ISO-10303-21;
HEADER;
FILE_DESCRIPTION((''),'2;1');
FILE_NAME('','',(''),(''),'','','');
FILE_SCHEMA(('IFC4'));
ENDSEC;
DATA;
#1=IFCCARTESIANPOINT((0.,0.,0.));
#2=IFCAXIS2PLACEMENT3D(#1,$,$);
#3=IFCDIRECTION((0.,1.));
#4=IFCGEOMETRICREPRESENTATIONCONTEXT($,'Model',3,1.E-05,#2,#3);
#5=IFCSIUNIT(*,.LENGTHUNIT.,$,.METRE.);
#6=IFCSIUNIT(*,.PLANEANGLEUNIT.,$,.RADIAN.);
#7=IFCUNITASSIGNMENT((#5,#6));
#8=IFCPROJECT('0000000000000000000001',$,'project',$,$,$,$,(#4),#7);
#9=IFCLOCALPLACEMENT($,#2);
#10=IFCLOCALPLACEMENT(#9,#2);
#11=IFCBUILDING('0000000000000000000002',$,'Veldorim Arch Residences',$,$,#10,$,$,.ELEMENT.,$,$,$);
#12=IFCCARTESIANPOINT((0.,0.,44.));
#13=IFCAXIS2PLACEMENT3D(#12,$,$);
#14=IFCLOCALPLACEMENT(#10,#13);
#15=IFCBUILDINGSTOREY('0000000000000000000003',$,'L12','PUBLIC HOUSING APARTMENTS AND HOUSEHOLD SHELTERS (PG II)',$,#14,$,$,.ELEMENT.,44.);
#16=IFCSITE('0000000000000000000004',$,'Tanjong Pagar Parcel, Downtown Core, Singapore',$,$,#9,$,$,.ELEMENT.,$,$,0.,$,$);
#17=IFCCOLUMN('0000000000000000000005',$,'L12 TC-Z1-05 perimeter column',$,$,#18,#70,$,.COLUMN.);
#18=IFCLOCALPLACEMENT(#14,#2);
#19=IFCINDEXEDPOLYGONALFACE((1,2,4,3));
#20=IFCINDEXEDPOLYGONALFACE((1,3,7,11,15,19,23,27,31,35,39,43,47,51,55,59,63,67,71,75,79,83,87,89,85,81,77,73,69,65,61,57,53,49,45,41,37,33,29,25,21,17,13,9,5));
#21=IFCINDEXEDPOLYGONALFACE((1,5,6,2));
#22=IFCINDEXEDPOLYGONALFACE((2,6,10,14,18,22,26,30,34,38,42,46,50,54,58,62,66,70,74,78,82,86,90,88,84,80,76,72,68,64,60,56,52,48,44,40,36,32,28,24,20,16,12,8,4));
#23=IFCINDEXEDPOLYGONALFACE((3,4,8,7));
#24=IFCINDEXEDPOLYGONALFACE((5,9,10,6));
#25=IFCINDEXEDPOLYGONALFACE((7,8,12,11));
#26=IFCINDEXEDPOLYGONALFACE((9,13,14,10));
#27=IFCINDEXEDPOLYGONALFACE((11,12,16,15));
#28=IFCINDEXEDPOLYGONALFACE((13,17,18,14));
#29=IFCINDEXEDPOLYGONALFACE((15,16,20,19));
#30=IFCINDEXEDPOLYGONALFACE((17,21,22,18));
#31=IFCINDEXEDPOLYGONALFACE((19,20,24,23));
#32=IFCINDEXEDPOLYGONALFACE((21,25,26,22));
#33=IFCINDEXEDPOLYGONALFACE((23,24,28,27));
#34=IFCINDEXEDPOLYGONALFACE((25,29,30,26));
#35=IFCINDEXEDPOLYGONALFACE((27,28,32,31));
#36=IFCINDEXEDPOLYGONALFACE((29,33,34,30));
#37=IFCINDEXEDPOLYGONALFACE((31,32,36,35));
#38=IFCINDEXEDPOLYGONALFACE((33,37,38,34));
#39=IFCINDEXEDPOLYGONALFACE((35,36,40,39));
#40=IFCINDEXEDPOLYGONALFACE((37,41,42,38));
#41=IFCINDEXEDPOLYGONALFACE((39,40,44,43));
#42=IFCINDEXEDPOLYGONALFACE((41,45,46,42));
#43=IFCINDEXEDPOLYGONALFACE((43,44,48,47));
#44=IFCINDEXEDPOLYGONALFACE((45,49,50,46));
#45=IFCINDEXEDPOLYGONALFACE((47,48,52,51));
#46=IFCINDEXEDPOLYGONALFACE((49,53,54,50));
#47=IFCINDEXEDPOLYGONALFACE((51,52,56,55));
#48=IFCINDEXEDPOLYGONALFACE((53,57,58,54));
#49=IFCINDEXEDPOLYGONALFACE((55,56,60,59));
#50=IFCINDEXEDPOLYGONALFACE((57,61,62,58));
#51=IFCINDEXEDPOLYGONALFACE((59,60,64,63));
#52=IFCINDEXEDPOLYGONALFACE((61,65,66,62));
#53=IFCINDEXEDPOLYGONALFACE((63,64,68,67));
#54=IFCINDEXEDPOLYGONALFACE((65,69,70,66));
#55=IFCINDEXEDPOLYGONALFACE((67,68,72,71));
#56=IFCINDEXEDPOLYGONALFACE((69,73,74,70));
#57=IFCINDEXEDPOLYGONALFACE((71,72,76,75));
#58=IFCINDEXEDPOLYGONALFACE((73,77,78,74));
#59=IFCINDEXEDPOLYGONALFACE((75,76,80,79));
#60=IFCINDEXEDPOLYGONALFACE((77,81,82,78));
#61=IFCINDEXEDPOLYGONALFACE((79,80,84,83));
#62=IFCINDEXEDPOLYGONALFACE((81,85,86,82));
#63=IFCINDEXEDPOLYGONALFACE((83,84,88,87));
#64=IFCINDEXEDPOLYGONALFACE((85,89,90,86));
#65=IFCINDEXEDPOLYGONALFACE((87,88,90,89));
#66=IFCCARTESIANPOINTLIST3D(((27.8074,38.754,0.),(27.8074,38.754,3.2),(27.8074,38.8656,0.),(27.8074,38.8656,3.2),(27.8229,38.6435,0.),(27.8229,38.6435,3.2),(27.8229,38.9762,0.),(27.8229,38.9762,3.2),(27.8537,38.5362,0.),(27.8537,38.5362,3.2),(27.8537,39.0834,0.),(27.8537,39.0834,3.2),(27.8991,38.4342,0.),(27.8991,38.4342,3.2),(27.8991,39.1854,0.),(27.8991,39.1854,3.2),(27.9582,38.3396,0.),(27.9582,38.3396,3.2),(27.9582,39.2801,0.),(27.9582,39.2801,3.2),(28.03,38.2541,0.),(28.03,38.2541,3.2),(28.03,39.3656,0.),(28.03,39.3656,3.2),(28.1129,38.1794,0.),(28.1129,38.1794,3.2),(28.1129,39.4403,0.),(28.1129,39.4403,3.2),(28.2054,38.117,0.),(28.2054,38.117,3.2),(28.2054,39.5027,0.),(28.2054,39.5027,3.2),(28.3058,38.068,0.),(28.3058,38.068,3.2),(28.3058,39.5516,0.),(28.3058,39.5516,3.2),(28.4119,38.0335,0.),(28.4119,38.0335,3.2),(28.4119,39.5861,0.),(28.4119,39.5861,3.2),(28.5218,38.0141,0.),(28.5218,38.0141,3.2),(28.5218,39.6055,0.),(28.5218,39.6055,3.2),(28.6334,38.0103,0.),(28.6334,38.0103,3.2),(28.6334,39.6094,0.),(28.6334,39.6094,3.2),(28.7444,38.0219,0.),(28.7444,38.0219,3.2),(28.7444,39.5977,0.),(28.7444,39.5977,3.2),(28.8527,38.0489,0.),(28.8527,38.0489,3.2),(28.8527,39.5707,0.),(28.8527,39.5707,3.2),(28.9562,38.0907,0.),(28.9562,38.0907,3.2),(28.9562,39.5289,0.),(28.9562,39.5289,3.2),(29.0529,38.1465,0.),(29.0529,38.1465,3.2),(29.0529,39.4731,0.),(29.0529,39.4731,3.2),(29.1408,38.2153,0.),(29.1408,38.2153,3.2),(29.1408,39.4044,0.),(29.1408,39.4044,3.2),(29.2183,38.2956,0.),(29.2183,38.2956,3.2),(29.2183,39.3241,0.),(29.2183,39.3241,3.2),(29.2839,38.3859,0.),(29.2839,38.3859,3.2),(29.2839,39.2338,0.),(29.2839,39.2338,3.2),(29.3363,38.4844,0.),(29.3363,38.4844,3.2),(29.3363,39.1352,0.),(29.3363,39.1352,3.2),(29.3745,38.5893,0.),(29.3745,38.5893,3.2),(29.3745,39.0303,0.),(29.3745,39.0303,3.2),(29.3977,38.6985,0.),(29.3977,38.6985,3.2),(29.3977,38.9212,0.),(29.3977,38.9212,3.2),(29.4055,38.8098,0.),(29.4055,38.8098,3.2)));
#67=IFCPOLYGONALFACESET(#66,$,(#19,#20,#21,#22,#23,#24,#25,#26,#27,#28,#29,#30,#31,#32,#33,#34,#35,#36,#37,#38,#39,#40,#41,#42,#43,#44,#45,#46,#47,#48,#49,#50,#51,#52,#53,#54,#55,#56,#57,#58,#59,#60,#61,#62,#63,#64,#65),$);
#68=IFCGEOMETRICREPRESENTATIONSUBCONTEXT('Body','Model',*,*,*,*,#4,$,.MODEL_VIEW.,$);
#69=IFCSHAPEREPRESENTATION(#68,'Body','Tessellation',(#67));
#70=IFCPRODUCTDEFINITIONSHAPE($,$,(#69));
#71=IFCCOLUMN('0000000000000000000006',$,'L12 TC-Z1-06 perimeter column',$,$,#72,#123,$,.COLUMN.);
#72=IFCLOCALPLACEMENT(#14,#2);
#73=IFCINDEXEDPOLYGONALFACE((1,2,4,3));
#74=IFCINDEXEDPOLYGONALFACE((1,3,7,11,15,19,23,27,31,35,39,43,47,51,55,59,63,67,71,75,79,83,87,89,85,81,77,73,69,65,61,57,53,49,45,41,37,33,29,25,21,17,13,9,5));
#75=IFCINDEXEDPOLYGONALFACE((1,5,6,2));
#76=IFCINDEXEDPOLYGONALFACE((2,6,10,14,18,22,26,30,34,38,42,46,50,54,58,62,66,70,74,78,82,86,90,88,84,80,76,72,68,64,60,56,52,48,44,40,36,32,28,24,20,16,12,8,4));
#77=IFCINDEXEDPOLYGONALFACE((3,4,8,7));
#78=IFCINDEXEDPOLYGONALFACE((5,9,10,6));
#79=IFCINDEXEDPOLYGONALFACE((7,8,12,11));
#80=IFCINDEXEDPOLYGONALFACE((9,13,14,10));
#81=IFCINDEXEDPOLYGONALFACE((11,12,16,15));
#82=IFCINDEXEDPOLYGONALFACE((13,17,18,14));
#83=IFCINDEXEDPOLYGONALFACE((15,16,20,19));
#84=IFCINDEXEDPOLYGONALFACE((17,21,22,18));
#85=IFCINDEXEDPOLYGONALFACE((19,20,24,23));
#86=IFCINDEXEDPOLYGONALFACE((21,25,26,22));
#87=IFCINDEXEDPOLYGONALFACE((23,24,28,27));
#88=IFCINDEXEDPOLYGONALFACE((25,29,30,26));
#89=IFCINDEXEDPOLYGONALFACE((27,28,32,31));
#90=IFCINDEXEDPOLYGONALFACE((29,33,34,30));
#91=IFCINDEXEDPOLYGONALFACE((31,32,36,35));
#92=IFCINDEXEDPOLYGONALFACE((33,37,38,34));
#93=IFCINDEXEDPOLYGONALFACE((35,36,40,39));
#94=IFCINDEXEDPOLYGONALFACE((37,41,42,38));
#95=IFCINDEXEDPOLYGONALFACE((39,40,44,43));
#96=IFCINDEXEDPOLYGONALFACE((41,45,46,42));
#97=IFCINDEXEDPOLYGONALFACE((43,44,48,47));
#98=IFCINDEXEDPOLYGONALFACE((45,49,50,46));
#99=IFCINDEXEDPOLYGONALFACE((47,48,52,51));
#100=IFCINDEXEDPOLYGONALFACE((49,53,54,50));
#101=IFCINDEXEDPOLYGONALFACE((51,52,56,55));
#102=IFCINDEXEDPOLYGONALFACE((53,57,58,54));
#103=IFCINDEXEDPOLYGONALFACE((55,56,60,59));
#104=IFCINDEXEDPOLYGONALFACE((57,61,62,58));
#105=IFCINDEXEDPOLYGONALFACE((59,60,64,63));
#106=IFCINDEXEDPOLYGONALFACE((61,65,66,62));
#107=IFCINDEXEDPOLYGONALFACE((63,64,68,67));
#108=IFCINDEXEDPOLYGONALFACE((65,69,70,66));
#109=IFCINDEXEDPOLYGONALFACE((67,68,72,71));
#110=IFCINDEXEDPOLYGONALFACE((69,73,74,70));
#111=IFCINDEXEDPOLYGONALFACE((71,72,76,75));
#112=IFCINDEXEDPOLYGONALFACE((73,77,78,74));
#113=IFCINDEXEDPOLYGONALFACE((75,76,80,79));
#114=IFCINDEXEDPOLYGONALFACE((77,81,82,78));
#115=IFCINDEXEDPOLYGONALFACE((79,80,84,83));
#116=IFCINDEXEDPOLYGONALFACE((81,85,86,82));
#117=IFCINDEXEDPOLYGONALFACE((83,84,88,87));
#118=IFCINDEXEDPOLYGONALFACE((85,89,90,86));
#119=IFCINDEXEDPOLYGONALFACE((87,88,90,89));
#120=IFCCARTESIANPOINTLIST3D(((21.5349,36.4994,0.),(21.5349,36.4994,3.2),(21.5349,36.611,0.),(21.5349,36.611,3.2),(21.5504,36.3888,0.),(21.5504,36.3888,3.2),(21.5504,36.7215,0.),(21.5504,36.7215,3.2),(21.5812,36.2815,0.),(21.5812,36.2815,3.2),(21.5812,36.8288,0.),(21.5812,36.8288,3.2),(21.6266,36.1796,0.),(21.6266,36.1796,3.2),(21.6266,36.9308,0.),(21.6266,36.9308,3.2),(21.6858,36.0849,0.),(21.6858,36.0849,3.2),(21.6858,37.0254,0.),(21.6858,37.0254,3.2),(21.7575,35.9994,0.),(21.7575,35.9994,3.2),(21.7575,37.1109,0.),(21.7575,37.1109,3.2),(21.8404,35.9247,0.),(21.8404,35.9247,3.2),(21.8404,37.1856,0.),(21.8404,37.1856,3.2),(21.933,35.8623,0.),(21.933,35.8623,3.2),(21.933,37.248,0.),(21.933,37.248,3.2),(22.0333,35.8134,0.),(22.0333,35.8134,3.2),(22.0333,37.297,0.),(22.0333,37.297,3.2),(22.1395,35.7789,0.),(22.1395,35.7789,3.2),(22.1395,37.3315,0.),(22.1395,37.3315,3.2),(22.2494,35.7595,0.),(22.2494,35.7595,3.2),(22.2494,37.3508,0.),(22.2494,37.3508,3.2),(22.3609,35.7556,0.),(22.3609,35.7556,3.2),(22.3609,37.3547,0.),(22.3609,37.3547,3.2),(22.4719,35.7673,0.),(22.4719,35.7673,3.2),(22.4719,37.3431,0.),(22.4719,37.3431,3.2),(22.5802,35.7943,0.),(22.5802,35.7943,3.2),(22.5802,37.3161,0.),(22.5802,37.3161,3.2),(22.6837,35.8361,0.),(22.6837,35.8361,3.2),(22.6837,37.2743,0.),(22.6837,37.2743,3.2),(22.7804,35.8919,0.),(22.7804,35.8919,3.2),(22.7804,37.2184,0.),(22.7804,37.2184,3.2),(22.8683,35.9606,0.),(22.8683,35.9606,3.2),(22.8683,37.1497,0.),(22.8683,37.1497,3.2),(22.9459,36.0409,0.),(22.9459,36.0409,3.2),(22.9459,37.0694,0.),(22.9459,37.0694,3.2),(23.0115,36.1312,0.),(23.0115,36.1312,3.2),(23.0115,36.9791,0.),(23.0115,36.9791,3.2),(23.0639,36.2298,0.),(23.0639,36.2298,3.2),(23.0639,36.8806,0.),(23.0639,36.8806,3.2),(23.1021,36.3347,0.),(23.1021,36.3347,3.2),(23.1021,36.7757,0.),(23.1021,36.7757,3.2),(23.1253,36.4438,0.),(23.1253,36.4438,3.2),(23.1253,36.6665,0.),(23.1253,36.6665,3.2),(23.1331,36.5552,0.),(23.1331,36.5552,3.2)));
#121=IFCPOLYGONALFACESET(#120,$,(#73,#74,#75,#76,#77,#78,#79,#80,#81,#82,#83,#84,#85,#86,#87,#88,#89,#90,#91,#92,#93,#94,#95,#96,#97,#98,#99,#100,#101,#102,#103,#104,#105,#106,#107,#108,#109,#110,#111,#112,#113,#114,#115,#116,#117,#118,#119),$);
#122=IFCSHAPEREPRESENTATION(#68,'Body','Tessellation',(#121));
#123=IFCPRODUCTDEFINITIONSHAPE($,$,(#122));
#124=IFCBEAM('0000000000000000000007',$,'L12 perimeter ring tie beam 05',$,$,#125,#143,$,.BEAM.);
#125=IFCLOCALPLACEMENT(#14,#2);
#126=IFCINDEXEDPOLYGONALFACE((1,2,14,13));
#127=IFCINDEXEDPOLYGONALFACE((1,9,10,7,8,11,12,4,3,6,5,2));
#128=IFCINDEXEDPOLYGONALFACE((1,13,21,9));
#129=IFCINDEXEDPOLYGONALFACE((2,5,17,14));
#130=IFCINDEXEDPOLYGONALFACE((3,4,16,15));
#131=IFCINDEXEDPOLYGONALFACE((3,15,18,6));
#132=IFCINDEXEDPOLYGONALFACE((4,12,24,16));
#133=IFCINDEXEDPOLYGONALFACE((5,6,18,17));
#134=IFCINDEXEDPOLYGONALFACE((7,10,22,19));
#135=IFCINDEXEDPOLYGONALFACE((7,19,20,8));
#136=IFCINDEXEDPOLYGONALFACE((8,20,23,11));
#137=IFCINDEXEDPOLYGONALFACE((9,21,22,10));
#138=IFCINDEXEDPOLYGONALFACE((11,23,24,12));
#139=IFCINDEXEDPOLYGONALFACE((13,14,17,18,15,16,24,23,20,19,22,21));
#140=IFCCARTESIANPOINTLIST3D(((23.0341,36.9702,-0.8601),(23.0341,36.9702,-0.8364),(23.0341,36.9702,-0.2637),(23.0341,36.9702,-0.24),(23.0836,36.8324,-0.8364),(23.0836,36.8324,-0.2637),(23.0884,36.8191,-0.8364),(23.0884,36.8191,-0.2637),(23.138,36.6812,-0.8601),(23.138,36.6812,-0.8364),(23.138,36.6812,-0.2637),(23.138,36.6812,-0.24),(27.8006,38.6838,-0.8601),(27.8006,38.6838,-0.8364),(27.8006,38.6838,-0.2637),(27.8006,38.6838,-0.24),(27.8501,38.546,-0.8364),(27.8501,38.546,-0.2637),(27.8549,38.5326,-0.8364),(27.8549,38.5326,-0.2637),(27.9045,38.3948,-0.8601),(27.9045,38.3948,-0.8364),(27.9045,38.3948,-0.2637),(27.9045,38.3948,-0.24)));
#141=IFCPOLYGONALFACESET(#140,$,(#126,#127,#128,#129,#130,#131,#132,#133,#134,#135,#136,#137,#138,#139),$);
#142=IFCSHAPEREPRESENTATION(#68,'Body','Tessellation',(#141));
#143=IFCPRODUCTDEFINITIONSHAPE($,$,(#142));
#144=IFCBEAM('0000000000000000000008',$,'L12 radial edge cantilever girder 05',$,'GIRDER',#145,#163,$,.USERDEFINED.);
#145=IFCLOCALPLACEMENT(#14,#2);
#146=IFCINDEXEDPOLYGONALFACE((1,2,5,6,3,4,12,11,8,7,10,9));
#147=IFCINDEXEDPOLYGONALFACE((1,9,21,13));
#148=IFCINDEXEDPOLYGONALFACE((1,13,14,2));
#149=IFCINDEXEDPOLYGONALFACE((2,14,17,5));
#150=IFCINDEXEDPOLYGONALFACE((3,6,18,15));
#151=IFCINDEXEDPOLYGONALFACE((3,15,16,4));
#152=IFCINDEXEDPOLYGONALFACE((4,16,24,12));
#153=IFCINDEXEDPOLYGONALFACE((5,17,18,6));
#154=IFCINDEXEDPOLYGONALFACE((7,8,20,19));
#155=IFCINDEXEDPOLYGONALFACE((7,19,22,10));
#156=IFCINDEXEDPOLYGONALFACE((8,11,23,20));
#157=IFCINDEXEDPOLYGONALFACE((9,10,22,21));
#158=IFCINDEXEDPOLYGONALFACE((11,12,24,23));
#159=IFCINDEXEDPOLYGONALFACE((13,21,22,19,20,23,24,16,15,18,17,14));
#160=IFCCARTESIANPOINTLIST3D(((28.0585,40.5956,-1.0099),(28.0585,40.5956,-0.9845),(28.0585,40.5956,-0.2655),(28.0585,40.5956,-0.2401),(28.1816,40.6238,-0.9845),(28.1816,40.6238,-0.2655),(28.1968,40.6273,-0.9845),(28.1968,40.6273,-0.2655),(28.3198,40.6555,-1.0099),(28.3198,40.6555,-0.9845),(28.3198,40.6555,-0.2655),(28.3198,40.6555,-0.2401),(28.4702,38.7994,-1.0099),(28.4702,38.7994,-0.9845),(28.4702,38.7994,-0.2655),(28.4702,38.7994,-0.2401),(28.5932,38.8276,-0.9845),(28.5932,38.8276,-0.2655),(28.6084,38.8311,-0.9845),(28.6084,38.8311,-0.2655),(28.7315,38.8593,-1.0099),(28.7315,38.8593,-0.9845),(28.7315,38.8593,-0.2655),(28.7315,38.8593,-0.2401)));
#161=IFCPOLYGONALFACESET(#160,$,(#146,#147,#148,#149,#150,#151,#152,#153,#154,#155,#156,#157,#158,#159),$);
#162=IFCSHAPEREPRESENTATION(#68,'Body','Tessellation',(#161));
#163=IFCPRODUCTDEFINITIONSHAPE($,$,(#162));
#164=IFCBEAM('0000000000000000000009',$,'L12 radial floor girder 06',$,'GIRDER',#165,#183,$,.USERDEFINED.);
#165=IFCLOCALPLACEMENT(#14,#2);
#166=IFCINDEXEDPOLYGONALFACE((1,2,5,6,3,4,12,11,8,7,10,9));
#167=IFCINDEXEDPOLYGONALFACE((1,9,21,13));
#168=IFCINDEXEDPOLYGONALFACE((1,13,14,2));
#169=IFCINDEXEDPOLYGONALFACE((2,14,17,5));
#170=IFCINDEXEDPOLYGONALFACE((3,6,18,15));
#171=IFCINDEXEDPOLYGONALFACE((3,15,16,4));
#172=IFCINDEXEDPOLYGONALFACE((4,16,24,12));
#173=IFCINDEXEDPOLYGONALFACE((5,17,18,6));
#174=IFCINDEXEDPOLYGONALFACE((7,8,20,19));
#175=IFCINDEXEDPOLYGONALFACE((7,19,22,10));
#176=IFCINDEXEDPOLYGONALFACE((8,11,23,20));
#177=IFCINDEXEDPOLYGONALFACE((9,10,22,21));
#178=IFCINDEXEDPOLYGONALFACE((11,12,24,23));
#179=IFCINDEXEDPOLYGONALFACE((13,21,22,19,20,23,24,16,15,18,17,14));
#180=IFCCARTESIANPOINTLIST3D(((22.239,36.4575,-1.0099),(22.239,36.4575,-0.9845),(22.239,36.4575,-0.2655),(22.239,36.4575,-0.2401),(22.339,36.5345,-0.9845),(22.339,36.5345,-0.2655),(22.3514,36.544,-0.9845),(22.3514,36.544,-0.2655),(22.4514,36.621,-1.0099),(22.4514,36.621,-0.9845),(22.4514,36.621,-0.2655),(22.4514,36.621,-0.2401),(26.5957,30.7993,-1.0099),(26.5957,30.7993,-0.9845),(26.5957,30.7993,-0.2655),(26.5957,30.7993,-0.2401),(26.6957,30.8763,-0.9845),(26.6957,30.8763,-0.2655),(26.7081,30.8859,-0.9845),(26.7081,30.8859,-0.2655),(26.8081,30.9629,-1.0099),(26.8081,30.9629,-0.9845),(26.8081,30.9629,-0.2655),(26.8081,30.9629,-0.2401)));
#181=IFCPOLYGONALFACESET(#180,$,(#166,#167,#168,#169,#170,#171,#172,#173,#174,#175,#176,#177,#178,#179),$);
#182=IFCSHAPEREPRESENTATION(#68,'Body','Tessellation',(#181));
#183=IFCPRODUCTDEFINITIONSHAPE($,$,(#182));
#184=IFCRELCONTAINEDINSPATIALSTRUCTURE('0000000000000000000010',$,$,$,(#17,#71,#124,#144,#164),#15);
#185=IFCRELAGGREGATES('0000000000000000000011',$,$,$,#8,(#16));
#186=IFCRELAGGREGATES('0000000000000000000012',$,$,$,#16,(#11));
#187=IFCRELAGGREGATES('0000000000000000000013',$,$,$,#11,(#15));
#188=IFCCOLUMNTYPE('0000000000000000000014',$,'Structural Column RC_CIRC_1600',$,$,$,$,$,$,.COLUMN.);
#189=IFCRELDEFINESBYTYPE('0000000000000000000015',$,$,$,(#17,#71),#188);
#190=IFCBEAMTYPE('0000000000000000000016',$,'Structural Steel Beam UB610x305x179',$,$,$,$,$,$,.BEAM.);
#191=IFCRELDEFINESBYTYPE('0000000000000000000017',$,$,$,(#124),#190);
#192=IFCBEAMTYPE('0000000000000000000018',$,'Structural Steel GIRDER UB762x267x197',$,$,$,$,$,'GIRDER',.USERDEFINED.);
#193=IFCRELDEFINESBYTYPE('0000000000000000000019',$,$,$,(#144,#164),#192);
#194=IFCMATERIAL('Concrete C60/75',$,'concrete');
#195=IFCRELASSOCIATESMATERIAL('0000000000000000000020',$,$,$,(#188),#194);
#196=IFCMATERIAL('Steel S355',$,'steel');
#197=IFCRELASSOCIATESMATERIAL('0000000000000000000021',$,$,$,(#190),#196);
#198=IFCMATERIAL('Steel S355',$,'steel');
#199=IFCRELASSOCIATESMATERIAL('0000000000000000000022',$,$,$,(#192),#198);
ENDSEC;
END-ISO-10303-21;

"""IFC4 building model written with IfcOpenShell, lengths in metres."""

from ifc_helpers import new_model, si_unit, direction, frame, origin, origin_2d, place, context, subcontext, project, spatial, circle, i_section, extrude, material, material_profile, profile_set, type_object, element, save


model = new_model("IFC4")

# Units and contexts
model_context = context("Model", 3, precision=1e-05, world=origin(), true_north=direction((0.0, 1.0)))
body_context = subcontext(model_context, "Body", "Model", "MODEL_VIEW")
ifc_project = project(units=[si_unit("LENGTHUNIT", "METRE"), si_unit("PLANEANGLEUNIT", "RADIAN")], contexts=[model_context])

# Site, building, storey
site_placement = place(None, origin())
site = spatial("IfcSite", under=ifc_project, at=site_placement, Name="Tanjong Pagar Parcel, Downtown Core, Singapore", CompositionType="ELEMENT", RefElevation=0.0)
building_placement = place(site_placement, origin())
building = spatial("IfcBuilding", under=site, at=building_placement, Name="Veldorim Arch Residences", CompositionType="ELEMENT")
storey_placement = place(building_placement, frame((0.0, 0.0, 44.0)))
storey = spatial("IfcBuildingStorey", under=building, at=storey_placement, Name="L12", Description="PUBLIC HOUSING APARTMENTS AND HOUSEHOLD SHELTERS (PG II)", CompositionType="ELEMENT", Elevation=44.0)

# Columns
ifc_material_1 = material(Name="Concrete C60/75", Category="concrete")
ifc_material_profile_1 = material_profile(ifc_material_1, circle(Radius=0.8, at=origin_2d()), Name="RC_CIRC_1600")
ifc_profile_set_1 = profile_set([ifc_material_profile_1], Name="Concrete C60/75")
column_type = type_object("IfcColumnType", Name="Structural Column RC_CIRC_1600", PredefinedType="COLUMN", material=ifc_profile_set_1)
for number, where, z_axis, x_axis, name in (
    (1, (28.6055, 38.8098, 0.0), (0.0, 0.0, 1.0), (1.0, 0.0, 0.0), "L12 TC-Z1-05 perimeter column"),
    (2, (22.333, 36.5552, 0.0), (0.0, 0.0, 1.0), (1.0, 0.0, 0.0), "L12 TC-Z1-06 perimeter column"),
):
    element("IfcColumn", number, at=place(storey_placement, frame(where, z_axis=z_axis, x_axis=x_axis)), inside=storey, type_object=column_type, Name=name, PredefinedType="COLUMN", context=body_context, shape_type="SweptSolid", body=[
        extrude(circle(Radius=0.8, at=origin_2d()), origin(), (0.0, 0.0, 1.0), 3.2),
    ])

# Beams
ifc_material_2 = material(Name="Steel S355", Category="steel")
ifc_material_profile_2 = material_profile(ifc_material_2, i_section(OverallWidth=0.3071, OverallDepth=0.6201, WebThickness=0.0142, FlangeThickness=0.0237, at=origin_2d()), Name="UB610x305x179")
ifc_profile_set_2 = profile_set([ifc_material_profile_2], Name="Steel S355")
beam_type_1 = type_object("IfcBeamType", Name="Structural Steel Beam UB610x305x179", PredefinedType="BEAM", material=ifc_profile_set_2)
beam_1_placement = place(storey_placement, frame((27.8525, 38.5393, -0.55), z_axis=(-0.941035, -0.338308, 0.0), x_axis=(0.338308, -0.941035, 0.0)))
element("IfcBeam", 3, at=beam_1_placement, inside=storey, type_object=beam_type_1, Name="L12 perimeter ring tie beam 05", PredefinedType="BEAM", context=body_context, shape_type="SweptSolid", body=[
    extrude(i_section(OverallWidth=0.3071, OverallDepth=0.6201, WebThickness=0.0142, FlangeThickness=0.0237, at=origin_2d()), origin(), (0.0, 0.0, 1.0), 5.0652),
])
ifc_material_3 = material(Name="Steel S355", Category="steel")
ifc_material_profile_3 = material_profile(ifc_material_3, i_section(OverallWidth=0.2681, OverallDepth=0.7698, WebThickness=0.0156, FlangeThickness=0.0254, at=origin_2d()), Name="UB762x267x197")
ifc_profile_set_3 = profile_set([ifc_material_profile_3], Name="Steel S355")
beam_type_2 = type_object("IfcBeamType", Name="Structural Steel GIRDER UB762x267x197", ElementType="GIRDER", PredefinedType="USERDEFINED", material=ifc_profile_set_3)
beam_2_placement = place(storey_placement, frame((28.6008, 38.8293, -0.625), z_axis=(-0.223379, 0.974732, 0.0), x_axis=(-0.974732, -0.223379, 0.0)))
element("IfcBeam", 4, at=beam_2_placement, inside=storey, type_object=beam_type_2, Name="L12 radial edge cantilever girder 05", ObjectType="GIRDER", PredefinedType="USERDEFINED", context=body_context, shape_type="SweptSolid", body=[
    extrude(i_section(OverallWidth=0.2681, OverallDepth=0.7698, WebThickness=0.0156, FlangeThickness=0.0254, at=origin_2d()), origin(), (0.0, 0.0, 1.0), 1.8428),
])
beam_3_placement = place(storey_placement, frame((26.7019, 30.8811, -0.625), z_axis=(-0.610082, 0.792338, 0.0), x_axis=(-0.792338, -0.610082, 0.0)))
element("IfcBeam", 5, at=beam_3_placement, inside=storey, type_object=beam_type_2, Name="L12 radial floor girder 06", ObjectType="GIRDER", PredefinedType="USERDEFINED", context=body_context, shape_type="SweptSolid", body=[
    extrude(i_section(OverallWidth=0.2681, OverallDepth=0.7698, WebThickness=0.0156, FlangeThickness=0.0254, at=origin_2d()), origin(), (0.0, 0.0, 1.0), 7.1411),
])

save(model, "model.ifc")
